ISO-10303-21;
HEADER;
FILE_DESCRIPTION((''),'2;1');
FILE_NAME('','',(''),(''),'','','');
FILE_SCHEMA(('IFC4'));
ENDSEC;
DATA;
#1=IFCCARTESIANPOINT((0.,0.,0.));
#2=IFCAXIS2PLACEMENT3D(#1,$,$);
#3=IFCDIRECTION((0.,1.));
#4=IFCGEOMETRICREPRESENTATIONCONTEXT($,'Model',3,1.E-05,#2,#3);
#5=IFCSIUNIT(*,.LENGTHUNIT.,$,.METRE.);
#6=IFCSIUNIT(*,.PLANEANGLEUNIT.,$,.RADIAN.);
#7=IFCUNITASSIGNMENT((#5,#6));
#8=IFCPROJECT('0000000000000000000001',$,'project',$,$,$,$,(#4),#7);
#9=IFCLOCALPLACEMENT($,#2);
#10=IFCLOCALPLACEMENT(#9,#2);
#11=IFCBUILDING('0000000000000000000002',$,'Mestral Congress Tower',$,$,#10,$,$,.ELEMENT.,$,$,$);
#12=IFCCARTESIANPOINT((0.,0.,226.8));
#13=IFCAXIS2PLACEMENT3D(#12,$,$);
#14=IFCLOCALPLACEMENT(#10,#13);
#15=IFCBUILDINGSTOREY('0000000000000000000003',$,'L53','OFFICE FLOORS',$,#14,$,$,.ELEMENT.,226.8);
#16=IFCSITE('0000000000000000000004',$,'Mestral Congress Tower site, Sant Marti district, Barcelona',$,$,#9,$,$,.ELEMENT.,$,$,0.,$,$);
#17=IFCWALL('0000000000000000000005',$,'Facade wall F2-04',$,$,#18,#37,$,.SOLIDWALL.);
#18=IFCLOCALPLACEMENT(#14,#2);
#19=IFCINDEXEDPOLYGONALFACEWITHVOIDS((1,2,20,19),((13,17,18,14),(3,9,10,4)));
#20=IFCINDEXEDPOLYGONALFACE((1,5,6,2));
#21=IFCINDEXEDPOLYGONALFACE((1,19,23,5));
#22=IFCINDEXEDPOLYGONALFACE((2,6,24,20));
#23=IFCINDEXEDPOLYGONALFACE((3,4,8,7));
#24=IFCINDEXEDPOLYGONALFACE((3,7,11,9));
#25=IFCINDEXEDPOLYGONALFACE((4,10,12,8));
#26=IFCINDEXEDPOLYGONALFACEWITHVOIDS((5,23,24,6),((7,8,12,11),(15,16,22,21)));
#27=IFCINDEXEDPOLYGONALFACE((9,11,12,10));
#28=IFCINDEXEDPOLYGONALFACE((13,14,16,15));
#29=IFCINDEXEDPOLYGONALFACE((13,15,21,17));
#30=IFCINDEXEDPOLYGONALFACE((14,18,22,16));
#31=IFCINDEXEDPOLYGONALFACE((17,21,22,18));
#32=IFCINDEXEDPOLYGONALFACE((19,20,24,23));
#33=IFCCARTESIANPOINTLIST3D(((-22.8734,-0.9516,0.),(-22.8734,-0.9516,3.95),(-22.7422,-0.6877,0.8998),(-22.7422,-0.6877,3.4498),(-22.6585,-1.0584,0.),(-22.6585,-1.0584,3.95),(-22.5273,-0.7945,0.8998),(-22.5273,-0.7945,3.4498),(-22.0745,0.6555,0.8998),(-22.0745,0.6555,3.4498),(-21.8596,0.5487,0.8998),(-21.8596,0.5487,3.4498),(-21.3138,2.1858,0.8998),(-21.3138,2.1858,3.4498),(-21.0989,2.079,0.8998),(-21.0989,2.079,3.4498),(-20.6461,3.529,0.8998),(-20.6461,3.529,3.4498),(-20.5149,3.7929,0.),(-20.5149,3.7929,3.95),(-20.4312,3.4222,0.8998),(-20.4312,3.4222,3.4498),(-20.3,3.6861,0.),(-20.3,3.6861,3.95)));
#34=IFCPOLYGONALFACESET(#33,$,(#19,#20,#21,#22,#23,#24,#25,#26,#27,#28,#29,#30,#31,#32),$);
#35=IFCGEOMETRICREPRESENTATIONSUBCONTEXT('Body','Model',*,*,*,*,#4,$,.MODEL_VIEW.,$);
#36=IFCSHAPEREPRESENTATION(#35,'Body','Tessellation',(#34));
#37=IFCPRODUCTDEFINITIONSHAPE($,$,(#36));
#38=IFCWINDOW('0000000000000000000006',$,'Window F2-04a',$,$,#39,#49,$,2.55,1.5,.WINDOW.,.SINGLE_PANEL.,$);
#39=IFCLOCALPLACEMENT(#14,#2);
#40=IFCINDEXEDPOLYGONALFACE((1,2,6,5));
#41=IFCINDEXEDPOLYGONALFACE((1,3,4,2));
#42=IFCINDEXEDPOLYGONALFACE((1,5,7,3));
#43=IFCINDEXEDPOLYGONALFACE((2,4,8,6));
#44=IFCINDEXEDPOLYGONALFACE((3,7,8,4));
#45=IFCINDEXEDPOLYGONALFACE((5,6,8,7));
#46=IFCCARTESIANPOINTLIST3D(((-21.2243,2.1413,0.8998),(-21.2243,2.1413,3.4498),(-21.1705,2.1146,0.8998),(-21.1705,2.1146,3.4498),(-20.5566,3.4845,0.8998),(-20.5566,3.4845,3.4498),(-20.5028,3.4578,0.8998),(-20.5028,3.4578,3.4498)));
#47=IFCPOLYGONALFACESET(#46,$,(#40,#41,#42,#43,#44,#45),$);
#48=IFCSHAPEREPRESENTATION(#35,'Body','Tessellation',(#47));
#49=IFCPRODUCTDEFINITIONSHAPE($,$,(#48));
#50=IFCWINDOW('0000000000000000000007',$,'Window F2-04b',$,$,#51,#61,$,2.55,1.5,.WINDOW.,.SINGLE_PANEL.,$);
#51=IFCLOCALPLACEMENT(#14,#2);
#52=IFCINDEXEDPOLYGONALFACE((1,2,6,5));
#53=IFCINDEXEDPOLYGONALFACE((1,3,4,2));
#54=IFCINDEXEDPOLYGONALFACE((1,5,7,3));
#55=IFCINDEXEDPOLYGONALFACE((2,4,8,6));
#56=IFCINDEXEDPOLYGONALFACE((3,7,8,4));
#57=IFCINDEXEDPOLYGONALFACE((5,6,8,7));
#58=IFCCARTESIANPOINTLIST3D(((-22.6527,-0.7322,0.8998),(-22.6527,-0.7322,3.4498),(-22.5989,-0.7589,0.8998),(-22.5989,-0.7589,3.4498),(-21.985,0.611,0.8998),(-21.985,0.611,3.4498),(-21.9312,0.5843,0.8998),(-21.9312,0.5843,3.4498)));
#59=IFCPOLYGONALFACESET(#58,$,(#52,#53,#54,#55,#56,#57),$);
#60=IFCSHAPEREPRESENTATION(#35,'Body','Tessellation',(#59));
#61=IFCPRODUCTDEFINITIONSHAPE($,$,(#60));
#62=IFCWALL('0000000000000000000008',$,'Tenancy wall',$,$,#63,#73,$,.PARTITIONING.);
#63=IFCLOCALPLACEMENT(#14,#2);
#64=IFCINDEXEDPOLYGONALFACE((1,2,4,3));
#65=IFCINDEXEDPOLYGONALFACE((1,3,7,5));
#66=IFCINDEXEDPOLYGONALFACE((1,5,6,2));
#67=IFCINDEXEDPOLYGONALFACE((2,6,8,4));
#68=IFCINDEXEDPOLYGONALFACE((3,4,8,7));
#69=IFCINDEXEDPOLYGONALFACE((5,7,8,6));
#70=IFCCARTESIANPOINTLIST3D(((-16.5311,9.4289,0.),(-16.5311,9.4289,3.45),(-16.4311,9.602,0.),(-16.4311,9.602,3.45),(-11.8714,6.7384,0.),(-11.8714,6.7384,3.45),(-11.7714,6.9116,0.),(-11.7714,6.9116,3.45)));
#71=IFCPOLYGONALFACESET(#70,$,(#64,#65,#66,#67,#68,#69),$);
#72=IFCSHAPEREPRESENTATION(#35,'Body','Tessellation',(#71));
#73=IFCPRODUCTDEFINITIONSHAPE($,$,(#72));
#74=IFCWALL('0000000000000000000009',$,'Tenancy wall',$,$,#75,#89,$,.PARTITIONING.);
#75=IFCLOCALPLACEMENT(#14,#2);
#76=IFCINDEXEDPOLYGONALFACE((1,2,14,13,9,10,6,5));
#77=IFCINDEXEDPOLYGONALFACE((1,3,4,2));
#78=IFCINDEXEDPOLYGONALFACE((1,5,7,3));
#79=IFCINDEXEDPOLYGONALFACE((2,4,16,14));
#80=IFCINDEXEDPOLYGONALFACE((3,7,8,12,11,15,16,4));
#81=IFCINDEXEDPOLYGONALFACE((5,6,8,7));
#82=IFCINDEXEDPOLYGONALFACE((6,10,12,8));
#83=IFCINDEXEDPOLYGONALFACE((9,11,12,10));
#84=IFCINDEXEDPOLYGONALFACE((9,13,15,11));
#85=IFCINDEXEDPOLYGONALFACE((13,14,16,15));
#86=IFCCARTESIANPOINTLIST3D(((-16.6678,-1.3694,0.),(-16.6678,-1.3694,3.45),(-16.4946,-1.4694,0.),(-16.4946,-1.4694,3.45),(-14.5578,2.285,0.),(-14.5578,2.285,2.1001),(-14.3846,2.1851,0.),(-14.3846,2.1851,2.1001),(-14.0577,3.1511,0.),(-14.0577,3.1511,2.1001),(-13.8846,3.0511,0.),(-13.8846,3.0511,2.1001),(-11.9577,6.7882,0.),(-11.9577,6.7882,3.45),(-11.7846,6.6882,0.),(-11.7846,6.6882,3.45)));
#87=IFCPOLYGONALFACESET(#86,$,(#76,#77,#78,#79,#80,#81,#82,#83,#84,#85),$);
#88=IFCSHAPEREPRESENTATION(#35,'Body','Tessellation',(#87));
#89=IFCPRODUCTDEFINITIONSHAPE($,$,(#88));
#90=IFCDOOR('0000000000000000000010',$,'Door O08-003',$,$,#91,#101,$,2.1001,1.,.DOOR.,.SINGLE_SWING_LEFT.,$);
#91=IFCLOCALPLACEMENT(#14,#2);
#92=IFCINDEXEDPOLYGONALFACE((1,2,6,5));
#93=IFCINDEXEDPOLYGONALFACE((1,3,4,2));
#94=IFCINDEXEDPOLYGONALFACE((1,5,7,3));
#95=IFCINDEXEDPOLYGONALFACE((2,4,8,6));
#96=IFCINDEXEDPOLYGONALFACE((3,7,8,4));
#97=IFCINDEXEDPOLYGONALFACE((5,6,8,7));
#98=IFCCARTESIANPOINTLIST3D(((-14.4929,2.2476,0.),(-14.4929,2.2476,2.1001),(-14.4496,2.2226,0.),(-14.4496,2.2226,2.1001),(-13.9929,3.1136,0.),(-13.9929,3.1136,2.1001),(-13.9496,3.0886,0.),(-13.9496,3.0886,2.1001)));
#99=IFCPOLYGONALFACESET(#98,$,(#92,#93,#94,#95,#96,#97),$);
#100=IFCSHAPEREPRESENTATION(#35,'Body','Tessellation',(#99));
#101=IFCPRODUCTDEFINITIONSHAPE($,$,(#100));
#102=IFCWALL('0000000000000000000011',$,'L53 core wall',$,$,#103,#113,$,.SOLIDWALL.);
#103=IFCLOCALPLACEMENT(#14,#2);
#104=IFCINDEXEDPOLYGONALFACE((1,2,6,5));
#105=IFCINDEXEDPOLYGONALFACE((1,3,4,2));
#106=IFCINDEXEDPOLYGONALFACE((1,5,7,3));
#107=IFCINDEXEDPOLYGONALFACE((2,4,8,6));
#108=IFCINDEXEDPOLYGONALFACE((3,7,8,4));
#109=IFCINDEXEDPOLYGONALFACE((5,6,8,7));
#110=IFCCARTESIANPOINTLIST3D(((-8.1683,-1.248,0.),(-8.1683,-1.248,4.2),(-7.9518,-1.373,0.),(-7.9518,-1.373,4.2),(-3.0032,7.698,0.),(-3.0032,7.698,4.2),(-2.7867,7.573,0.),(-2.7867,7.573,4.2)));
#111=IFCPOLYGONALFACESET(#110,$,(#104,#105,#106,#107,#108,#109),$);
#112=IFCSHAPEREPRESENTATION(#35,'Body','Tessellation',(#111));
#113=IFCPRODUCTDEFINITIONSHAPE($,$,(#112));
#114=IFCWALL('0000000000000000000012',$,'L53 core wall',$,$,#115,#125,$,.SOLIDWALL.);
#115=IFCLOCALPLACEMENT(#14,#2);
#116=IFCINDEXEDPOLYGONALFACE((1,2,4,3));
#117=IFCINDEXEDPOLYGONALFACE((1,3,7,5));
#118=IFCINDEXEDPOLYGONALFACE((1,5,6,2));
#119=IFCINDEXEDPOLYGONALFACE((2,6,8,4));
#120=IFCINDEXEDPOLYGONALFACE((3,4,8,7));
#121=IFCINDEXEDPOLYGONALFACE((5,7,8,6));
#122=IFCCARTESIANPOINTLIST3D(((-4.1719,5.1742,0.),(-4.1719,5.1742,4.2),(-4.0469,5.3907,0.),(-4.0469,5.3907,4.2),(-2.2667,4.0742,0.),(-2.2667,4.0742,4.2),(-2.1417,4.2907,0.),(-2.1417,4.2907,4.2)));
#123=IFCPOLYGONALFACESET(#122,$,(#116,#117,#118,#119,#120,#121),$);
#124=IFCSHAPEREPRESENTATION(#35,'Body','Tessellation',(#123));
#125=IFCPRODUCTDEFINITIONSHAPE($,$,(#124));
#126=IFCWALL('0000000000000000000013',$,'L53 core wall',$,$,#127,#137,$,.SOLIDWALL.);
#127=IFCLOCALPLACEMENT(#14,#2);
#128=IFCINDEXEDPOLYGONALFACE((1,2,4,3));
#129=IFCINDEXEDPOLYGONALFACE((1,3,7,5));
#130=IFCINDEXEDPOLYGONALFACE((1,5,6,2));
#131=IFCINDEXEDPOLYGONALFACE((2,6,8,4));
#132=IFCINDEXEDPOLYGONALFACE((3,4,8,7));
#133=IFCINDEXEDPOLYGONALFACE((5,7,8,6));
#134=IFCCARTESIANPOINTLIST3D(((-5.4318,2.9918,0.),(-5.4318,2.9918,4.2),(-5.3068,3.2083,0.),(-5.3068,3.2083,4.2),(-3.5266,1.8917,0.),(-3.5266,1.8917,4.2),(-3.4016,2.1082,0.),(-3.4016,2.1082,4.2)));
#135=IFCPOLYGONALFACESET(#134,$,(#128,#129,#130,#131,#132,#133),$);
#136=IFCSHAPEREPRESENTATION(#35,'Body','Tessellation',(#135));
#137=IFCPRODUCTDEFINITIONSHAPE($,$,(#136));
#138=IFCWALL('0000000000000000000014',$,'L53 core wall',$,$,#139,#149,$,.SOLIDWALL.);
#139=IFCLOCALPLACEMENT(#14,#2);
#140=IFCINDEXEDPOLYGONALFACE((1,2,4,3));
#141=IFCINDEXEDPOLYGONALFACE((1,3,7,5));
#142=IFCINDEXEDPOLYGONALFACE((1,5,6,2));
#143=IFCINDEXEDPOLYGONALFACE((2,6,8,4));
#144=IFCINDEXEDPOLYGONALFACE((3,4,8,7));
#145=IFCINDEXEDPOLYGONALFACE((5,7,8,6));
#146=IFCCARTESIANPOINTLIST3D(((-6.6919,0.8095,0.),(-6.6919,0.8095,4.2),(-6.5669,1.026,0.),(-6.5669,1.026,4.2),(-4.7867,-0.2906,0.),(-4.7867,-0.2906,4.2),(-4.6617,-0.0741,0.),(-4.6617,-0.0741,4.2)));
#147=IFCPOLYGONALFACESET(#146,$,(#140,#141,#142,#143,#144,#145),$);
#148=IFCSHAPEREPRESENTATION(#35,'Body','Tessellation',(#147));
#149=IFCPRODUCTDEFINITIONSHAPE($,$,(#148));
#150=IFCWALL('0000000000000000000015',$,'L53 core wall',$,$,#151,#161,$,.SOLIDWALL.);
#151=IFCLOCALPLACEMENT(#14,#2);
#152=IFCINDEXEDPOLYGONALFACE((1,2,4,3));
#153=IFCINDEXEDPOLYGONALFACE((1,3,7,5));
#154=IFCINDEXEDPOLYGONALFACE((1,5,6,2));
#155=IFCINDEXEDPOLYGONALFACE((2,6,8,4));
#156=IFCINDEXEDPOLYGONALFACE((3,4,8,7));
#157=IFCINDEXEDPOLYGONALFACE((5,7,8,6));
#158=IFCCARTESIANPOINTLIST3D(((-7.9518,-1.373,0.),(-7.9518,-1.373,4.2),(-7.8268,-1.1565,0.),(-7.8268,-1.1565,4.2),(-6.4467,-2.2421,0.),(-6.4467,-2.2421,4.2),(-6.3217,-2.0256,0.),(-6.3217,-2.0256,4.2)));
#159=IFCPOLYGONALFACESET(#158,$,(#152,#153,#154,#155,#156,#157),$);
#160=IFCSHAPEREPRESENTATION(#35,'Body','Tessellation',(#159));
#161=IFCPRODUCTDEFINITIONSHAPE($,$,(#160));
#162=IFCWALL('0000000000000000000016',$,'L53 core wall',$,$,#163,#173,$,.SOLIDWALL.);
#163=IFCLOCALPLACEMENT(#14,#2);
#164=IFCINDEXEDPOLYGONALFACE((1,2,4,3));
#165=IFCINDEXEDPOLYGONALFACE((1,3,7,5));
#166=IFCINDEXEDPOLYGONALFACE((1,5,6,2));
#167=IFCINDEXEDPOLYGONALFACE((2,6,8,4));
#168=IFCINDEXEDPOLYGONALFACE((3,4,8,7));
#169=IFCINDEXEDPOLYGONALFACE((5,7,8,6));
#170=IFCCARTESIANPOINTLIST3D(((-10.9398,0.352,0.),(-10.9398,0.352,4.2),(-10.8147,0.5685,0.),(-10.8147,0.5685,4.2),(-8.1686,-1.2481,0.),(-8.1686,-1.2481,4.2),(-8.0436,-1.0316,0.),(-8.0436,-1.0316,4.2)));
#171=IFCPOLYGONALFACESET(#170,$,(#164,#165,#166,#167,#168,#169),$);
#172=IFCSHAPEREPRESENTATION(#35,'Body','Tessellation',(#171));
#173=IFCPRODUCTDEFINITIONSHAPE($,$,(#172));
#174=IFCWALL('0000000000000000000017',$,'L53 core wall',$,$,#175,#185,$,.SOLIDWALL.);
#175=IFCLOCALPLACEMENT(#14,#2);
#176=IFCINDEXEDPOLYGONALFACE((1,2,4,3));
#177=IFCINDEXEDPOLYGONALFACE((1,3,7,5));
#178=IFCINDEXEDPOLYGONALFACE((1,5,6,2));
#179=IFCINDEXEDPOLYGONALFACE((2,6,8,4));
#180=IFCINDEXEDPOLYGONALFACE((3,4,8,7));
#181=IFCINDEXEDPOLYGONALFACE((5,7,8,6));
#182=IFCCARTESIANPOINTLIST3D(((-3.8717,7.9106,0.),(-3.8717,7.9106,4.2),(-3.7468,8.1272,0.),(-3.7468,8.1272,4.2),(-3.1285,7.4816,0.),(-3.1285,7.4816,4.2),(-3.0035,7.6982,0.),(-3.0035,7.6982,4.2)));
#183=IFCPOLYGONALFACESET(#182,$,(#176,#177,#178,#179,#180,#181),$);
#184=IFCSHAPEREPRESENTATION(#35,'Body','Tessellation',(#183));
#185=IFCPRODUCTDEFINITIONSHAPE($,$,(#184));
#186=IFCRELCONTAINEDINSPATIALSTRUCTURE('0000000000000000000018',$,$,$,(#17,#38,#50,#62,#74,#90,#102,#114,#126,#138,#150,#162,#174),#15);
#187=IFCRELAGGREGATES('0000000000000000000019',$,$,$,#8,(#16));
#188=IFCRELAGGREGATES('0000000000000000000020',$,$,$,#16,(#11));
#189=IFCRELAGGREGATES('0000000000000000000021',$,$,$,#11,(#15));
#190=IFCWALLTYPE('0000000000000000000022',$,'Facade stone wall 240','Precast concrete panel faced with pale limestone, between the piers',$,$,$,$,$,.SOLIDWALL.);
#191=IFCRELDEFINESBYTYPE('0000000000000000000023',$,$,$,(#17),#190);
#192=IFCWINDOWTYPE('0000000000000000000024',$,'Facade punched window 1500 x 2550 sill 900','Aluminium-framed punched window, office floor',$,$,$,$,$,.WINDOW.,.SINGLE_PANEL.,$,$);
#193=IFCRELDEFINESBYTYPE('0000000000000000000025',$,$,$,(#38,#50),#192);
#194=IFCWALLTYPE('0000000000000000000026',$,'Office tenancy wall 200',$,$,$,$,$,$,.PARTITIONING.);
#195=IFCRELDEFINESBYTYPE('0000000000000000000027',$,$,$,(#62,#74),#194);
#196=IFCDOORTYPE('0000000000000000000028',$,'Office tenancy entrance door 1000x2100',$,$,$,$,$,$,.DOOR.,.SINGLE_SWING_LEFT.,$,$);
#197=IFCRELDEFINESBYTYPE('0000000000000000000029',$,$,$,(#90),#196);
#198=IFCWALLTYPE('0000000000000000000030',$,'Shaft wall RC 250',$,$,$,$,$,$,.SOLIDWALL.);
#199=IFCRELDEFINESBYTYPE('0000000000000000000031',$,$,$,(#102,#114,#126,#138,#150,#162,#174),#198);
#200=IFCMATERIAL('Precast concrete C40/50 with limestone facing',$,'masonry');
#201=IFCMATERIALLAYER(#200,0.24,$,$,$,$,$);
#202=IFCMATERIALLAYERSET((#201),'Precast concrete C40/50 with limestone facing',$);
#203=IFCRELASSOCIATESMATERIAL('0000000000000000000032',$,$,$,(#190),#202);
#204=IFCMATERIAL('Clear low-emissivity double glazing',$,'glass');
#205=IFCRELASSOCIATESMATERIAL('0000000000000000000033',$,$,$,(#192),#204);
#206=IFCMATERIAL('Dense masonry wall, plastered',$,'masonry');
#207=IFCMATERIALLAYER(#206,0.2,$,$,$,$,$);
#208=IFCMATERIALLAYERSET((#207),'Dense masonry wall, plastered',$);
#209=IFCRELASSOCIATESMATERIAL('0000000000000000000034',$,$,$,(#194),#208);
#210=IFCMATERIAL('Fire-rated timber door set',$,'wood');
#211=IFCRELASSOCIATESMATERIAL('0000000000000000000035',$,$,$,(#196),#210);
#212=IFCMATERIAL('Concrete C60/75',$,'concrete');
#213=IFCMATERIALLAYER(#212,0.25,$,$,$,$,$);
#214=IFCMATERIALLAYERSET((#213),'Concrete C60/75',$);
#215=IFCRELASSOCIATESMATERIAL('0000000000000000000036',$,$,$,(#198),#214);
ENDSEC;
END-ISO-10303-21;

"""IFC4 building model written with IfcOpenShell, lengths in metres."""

from ifc_helpers import new_model, si_unit, direction, frame, frame_2d, origin, place, context, subcontext, project, spatial, rectangle, extrude, material, layer, layer_set, type_object, element, fill, save


model = new_model("IFC4")

# Units and contexts
model_context = context("Model", 3, precision=1e-05, world=origin(), true_north=direction((0.0, 1.0)))
body_context = subcontext(model_context, "Body", "Model", "MODEL_VIEW")
ifc_project = project(units=[si_unit("LENGTHUNIT", "METRE"), si_unit("PLANEANGLEUNIT", "RADIAN")], contexts=[model_context])

# Site, building, storey
site_placement = place(None, origin())
site = spatial("IfcSite", under=ifc_project, at=site_placement, Name="Mestral Congress Tower site, Sant Marti district, Barcelona", CompositionType="ELEMENT", RefElevation=0.0)
building_placement = place(site_placement, origin())
building = spatial("IfcBuilding", under=site, at=building_placement, Name="Mestral Congress Tower", CompositionType="ELEMENT")
storey_placement = place(building_placement, frame((0.0, 0.0, 226.8)))
storey = spatial("IfcBuildingStorey", under=building, at=storey_placement, Name="L53", Description="OFFICE FLOORS", CompositionType="ELEMENT", Elevation=226.8)

# Shared definitions
ifc_material_1 = material(Name="Concrete C60/75", Category="concrete")

# Wall, openings, windows
ifc_material_2 = material(Name="Precast concrete C40/50 with limestone facing", Category="masonry")
ifc_layer_1 = layer(ifc_material_2, 0.24)
ifc_layer_set_1 = layer_set([ifc_layer_1], Name="Precast concrete C40/50 with limestone facing")
wall_type_1 = type_object("IfcWallType", Name="Facade stone wall 240", Description="Precast concrete panel faced with pale limestone, between the piers", PredefinedType="SOLIDWALL", material=ifc_layer_set_1)
wall_1_placement = place(storey_placement, frame((-20.4075, 3.7395, 0.0), z_axis=(0.0, 0.0, 1.0), x_axis=(-0.44513, -0.895466, 0.0)))
wall_1 = element("IfcWall", 1, at=wall_1_placement, inside=storey, type_object=wall_type_1, Name="Facade wall F2-04", PredefinedType="SOLIDWALL", context=body_context, shape_type="SweptSolid", body=[
    extrude(rectangle(XDim=5.2983, YDim=0.24, at=frame_2d((2.6492, 0.0))), origin(), (0.0, 0.0, 1.0), 3.95),
])
opening_1_placement = place(wall_1_placement, frame((0.2947, 0.0, 0.8999)))
opening_1 = element("IfcOpeningElement", 2, at=opening_1_placement, cuts=wall_1, PredefinedType="OPENING", context=body_context, shape_type="SweptSolid", body=[
    extrude(rectangle(XDim=1.5, YDim=2.55, at=frame_2d((0.75, 1.2749))), frame((0.0, 0.1299, 0.0), z_axis=(0.0, -1.0, 0.0), x_axis=(1.0, 0.0, 0.0)), (0.0, 0.0, 1.0), 0.26),
])
opening_2_placement = place(wall_1_placement, frame((3.5037, 0.0, 0.8999)))
opening_2 = element("IfcOpeningElement", 3, at=opening_2_placement, cuts=wall_1, PredefinedType="OPENING", context=body_context, shape_type="SweptSolid", body=[
    extrude(rectangle(XDim=1.5, YDim=2.55, at=frame_2d((0.75, 1.2749))), frame((0.0, 0.1299, 0.0), z_axis=(0.0, -1.0, 0.0), x_axis=(1.0, 0.0, 0.0)), (0.0, 0.0, 1.0), 0.26),
])
ifc_material_3 = material(Name="Clear low-emissivity double glazing", Category="glass")
window_type = type_object("IfcWindowType", Name="Facade punched window 1500 x 2550 sill 900", Description="Aluminium-framed punched window, office floor", PartitioningType="SINGLE_PANEL", PredefinedType="WINDOW", material=ifc_material_3)
window_1_placement = place(opening_1_placement, origin())
window_1 = element("IfcWindow", 4, at=window_1_placement, inside=storey, type_object=window_type, Name="Window F2-04a", OverallHeight=2.55, OverallWidth=1.5, PartitioningType="SINGLE_PANEL", PredefinedType="WINDOW", context=body_context, shape_type="SweptSolid", body=[
    extrude(rectangle(XDim=1.5, YDim=2.55, at=frame_2d((0.75, 1.2749))), frame((0.0, 0.04, 0.0), z_axis=(0.0, -1.0, 0.0), x_axis=(1.0, 0.0, 0.0)), (0.0, 0.0, 1.0), 0.0601),
])
fill(opening_1, window_1)
window_2_placement = place(opening_2_placement, origin())
window_2 = element("IfcWindow", 5, at=window_2_placement, inside=storey, type_object=window_type, Name="Window F2-04b", OverallHeight=2.55, OverallWidth=1.5, PartitioningType="SINGLE_PANEL", PredefinedType="WINDOW", context=body_context, shape_type="SweptSolid", body=[
    extrude(rectangle(XDim=1.5, YDim=2.55, at=frame_2d((0.75, 1.2749))), frame((0.0, 0.04, 0.0), z_axis=(0.0, -1.0, 0.0), x_axis=(1.0, 0.0, 0.0)), (0.0, 0.0, 1.0), 0.0601),
])
fill(opening_2, window_2)

# Wall
ifc_material_4 = material(Name="Dense masonry wall, plastered", Category="masonry")
ifc_layer_2 = layer(ifc_material_4, 0.2)
ifc_layer_set_2 = layer_set([ifc_layer_2], Name="Dense masonry wall, plastered")
wall_type_2 = type_object("IfcWallType", Name="Office tenancy wall 200", PredefinedType="PARTITIONING", material=ifc_layer_set_2)
wall_2_placement = place(storey_placement, frame((-11.8213, 6.825, 0.0), z_axis=(0.0, 0.0, 1.0), x_axis=(-0.866012, 0.500024, 0.0)))
element("IfcWall", 6, at=wall_2_placement, inside=storey, type_object=wall_type_2, Name="Tenancy wall", PredefinedType="PARTITIONING", context=body_context, shape_type="SweptSolid", body=[
    extrude(rectangle(XDim=5.3806, YDim=0.2, at=frame_2d((2.6904, 0.0))), origin(), (0.0, 0.0, 1.0), 3.45),
])

# Wall, opening, door
wall_3_placement = place(storey_placement, frame((-11.8711, 6.7383, 0.0), z_axis=(0.0, 0.0, 1.0), x_axis=(-0.500019, -0.866014, 0.0)))
wall_3 = element("IfcWall", 7, at=wall_3_placement, inside=storey, type_object=wall_type_2, Name="Tenancy wall", PredefinedType="PARTITIONING", context=body_context, shape_type="SweptSolid", body=[
    extrude(rectangle(XDim=9.4197, YDim=0.2, at=frame_2d((4.71, 0.0))), origin(), (0.0, 0.0, 1.0), 3.45),
])
opening_3_placement = place(wall_3_placement, frame((4.2, 0.0, 0.0)))
opening_3 = element("IfcOpeningElement", 8, at=opening_3_placement, cuts=wall_3, PredefinedType="OPENING", context=body_context, shape_type="SweptSolid", body=[
    extrude(rectangle(XDim=1.0, YDim=2.1001, at=frame_2d((0.5, 1.05))), frame((0.0, 0.1099, 0.0), z_axis=(0.0, -1.0, 0.0), x_axis=(1.0, 0.0, 0.0)), (0.0, 0.0, 1.0), 0.22),
])
ifc_material_5 = material(Name="Fire-rated timber door set", Category="wood")
door_type_1 = type_object("IfcDoorType", Name="Office tenancy entrance door 1000x2100", OperationType="SINGLE_SWING_LEFT", PredefinedType="DOOR", material=ifc_material_5)
door_1_placement = place(opening_3_placement, origin())
door_1 = element("IfcDoor", 9, at=door_1_placement, inside=storey, type_object=door_type_1, Name="Door O08-003", OperationType="SINGLE_SWING_LEFT", OverallHeight=2.1001, OverallWidth=1.0, PredefinedType="DOOR", context=body_context, shape_type="SweptSolid", body=[
    extrude(rectangle(XDim=1.0, YDim=2.1001, at=frame_2d((0.5, 1.05))), frame((0.0, 0.0249, 0.0), z_axis=(0.0, -1.0, 0.0), x_axis=(1.0, 0.0, 0.0)), (0.0, 0.0, 1.0), 0.05),
])
fill(opening_3, door_1)

# Walls
ifc_layer_3 = layer(ifc_material_1, 0.25)
ifc_layer_set_3 = layer_set([ifc_layer_3], Name="Concrete C60/75")
wall_type_3 = type_object("IfcWallType", Name="Shaft wall RC 250", PredefinedType="SOLIDWALL", material=ifc_layer_set_3)
wall_4_placement = place(storey_placement, frame((-8.0601, -1.3105, 0.0), z_axis=(0.0, 0.0, 1.0), x_axis=(0.500003, 0.866024, 0.0)))
element("IfcWall", 10, at=wall_4_placement, inside=storey, type_object=wall_type_3, Name="L53 core wall", PredefinedType="SOLIDWALL", context=body_context, shape_type="SweptSolid", body=[
    extrude(rectangle(XDim=10.3301, YDim=0.25, at=frame_2d((5.165, 0.0))), origin(), (0.0, 0.0, 1.0), 4.2),
])
for number, where, z_axis, x_axis, name in (
    (11, (-2.2041, 4.1824, 0.0), (0.0, 0.0, 1.0), (-0.866008, 0.50003, 0.0), "L53 core wall"),
    (12, (-5.3694, 3.1001, 0.0), (0.0, 0.0, 1.0), (0.866008, -0.50003, 0.0), "L53 core wall"),
    (13, (-4.7241, -0.1824, 0.0), (0.0, 0.0, 1.0), (-0.866008, 0.50003, 0.0), "L53 core wall"),
):
    element("IfcWall", number, at=place(storey_placement, frame(where, z_axis=z_axis, x_axis=x_axis)), inside=storey, type_object=wall_type_3, Name=name, PredefinedType="SOLIDWALL", context=body_context, shape_type="SweptSolid", body=[
        extrude(rectangle(XDim=2.2, YDim=0.25, at=frame_2d((1.1001, 0.0))), origin(), (0.0, 0.0, 1.0), 4.2),
    ])
wall_5_placement = place(storey_placement, frame((-7.8894, -1.2646, 0.0), z_axis=(0.0, 0.0, 1.0), x_axis=(0.865987, -0.500067, 0.0)))
element("IfcWall", 14, at=wall_5_placement, inside=storey, type_object=wall_type_3, Name="L53 core wall", PredefinedType="SOLIDWALL", context=body_context, shape_type="SweptSolid", body=[
    extrude(rectangle(XDim=1.738, YDim=0.25, at=frame_2d((0.8691, 0.0))), origin(), (0.0, 0.0, 1.0), 4.2),
])
wall_6_placement = place(storey_placement, frame((-8.106, -1.1399, 0.0), z_axis=(0.0, 0.0, 1.0), x_axis=(-0.866009, 0.500028, 0.0)))
element("IfcWall", 15, at=wall_6_placement, inside=storey, type_object=wall_type_3, Name="L53 core wall", PredefinedType="SOLIDWALL", context=body_context, shape_type="SweptSolid", body=[
    extrude(rectangle(XDim=3.2, YDim=0.25, at=frame_2d((1.6001, 0.0))), origin(), (0.0, 0.0, 1.0), 4.2),
])
wall_7_placement = place(storey_placement, frame((-3.0659, 7.5898, 0.0), z_axis=(0.0, 0.0, 1.0), x_axis=(-0.866081, 0.499903, 0.0)))
element("IfcWall", 16, at=wall_7_placement, inside=storey, type_object=wall_type_3, Name="L53 core wall", PredefinedType="SOLIDWALL", context=body_context, shape_type="SweptSolid", body=[
    extrude(rectangle(XDim=0.8582, YDim=0.25, at=frame_2d((0.4292, 0.0))), origin(), (0.0, 0.0, 1.0), 4.2),
])

save(model, "model.ifc")
